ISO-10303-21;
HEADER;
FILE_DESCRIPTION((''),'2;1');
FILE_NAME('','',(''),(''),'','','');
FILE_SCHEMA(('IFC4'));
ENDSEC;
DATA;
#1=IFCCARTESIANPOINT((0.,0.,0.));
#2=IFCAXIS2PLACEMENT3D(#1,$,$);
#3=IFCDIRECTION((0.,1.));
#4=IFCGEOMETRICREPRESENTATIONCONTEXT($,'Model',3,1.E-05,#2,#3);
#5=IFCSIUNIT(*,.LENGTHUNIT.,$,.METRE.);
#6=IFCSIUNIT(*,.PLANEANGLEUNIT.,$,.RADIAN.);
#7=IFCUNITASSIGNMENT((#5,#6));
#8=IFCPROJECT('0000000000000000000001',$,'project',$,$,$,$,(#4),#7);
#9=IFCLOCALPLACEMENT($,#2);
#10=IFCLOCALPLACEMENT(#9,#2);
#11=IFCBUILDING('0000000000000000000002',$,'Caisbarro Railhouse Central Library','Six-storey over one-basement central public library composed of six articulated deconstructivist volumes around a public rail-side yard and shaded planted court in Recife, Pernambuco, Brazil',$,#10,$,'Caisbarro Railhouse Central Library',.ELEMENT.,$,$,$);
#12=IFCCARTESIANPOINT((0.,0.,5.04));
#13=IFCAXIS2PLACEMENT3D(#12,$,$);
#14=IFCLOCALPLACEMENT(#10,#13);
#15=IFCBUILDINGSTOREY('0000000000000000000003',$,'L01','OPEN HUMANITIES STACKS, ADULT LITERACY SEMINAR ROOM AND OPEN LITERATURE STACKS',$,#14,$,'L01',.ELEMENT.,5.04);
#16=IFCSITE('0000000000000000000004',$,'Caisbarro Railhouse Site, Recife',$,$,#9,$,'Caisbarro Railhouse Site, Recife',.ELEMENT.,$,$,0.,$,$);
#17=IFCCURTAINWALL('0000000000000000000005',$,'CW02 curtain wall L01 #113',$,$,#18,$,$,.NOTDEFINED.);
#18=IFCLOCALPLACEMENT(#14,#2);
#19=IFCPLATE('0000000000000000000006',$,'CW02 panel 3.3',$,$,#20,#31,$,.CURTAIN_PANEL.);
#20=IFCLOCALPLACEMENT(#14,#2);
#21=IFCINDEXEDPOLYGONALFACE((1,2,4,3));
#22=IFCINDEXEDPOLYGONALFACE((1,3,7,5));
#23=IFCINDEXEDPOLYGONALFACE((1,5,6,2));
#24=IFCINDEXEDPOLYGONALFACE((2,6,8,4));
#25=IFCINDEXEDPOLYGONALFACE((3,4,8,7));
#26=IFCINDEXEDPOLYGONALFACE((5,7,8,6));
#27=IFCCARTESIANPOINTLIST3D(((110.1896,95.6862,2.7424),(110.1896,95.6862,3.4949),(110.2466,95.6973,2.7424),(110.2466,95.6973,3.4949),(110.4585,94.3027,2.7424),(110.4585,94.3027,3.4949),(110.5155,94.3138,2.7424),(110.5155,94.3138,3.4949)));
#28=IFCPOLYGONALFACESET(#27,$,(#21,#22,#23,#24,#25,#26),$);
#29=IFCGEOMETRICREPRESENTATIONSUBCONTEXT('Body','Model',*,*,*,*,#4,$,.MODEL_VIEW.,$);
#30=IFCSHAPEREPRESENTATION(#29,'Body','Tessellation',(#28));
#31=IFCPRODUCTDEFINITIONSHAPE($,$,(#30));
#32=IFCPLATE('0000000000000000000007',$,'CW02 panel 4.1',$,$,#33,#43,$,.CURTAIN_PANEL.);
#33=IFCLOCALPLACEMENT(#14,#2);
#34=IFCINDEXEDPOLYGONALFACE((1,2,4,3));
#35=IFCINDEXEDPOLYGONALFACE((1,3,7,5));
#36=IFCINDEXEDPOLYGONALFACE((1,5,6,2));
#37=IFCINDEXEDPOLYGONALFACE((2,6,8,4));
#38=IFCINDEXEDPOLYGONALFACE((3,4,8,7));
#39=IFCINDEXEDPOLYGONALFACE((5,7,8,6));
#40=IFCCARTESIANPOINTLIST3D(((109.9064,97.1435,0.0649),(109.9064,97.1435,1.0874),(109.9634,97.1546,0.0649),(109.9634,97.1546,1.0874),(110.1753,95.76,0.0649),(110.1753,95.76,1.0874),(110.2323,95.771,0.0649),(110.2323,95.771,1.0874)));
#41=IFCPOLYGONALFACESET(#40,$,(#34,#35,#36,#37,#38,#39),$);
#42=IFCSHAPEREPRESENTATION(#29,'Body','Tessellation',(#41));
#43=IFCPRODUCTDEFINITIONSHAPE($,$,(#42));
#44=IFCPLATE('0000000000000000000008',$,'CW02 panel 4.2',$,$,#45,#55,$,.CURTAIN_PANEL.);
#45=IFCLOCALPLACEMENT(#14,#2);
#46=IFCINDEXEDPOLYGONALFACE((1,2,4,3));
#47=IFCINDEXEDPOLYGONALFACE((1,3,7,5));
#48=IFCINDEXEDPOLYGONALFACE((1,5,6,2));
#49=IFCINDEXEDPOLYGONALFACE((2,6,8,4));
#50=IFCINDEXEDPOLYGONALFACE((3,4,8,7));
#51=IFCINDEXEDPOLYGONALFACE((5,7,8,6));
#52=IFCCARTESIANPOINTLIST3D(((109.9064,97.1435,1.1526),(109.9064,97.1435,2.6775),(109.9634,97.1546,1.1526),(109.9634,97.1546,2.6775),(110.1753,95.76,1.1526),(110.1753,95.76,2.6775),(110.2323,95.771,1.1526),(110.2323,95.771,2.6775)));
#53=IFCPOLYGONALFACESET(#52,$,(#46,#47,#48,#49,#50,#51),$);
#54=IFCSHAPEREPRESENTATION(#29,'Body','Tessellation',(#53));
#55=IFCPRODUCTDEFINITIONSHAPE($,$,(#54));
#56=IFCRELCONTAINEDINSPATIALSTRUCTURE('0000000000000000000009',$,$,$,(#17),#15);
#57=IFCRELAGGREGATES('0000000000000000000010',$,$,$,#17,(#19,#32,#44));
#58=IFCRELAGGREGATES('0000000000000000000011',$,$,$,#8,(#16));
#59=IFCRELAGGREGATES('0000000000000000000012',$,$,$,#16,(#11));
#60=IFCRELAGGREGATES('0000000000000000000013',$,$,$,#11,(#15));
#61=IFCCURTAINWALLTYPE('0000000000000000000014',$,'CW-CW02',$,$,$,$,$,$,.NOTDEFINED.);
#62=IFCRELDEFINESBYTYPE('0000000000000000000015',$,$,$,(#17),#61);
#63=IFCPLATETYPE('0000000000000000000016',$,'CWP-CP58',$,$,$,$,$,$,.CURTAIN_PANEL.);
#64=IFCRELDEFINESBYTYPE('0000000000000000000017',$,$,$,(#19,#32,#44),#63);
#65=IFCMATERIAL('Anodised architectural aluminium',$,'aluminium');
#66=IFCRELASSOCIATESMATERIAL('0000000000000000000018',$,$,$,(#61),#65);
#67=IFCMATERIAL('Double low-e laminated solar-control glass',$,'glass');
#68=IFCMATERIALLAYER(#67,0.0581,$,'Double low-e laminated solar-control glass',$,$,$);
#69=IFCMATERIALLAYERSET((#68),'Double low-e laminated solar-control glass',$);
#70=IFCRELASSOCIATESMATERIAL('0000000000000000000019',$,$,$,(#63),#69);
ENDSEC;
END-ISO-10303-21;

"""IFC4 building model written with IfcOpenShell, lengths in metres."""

from ifc_helpers import new_model, si_unit, direction, frame, origin, origin_2d, place, context, subcontext, project, spatial, rectangle, extrude, material, layer, layer_set, type_object, element, aggregate, save


model = new_model("IFC4")

# Units and contexts
model_context = context("Model", 3, precision=1e-05, world=origin(), true_north=direction((0.0, 1.0)))
body_context = subcontext(model_context, "Body", "Model", "MODEL_VIEW")
ifc_project = project(units=[si_unit("LENGTHUNIT", "METRE"), si_unit("PLANEANGLEUNIT", "RADIAN")], contexts=[model_context])

# Site, building, storey
site_placement = place(None, origin())
site = spatial("IfcSite", under=ifc_project, at=site_placement, Name="Caisbarro Railhouse Site, Recife", LongName="Caisbarro Railhouse Site, Recife", CompositionType="ELEMENT", RefElevation=0.0)
building_placement = place(site_placement, origin())
building = spatial("IfcBuilding", under=site, at=building_placement, Name="Caisbarro Railhouse Central Library", Description="Six-storey over one-basement central public library composed of six articulated deconstructivist volumes around a public rail-side yard and shaded planted court in Recife, Pernambuco, Brazil", LongName="Caisbarro Railhouse Central Library", CompositionType="ELEMENT")
storey_placement = place(building_placement, frame((0.0, 0.0, 5.04)))
storey = spatial("IfcBuildingStorey", under=building, at=storey_placement, Name="L01", Description="OPEN HUMANITIES STACKS, ADULT LITERACY SEMINAR ROOM AND OPEN LITERATURE STACKS", LongName="L01", CompositionType="ELEMENT", Elevation=5.04)

# Curtain wall, plates
ifc_material_1 = material(Name="Anodised architectural aluminium", Category="aluminium")
curtain_wall_type = type_object("IfcCurtainWallType", Name="CW-CW02", PredefinedType="NOTDEFINED", material=ifc_material_1)
curtain_wall_placement = place(storey_placement, origin())
curtain_wall = element("IfcCurtainWall", 1, at=curtain_wall_placement, inside=storey, type_object=curtain_wall_type, Name="CW02 curtain wall L01 #113", PredefinedType="NOTDEFINED")
ifc_material_2 = material(Name="Double low-e laminated solar-control glass", Category="glass")
ifc_layer = layer(ifc_material_2, 0.0581, Name="Double low-e laminated solar-control glass")
ifc_layer_set = layer_set([ifc_layer], Name="Double low-e laminated solar-control glass")
plate_type = type_object("IfcPlateType", Name="CWP-CP58", PredefinedType="CURTAIN_PANEL", material=ifc_layer_set)
plate_1_placement = place(storey_placement, frame((110.3525, 95.0, 2.7424), z_axis=(0.0, 0.0, 1.0), x_axis=(-0.190781, 0.981633, 0.0)))
plate_1 = element("IfcPlate", 2, at=plate_1_placement, type_object=plate_type, Name="CW02 panel 3.3", PredefinedType="CURTAIN_PANEL", context=body_context, shape_type="SweptSolid", body=[
    extrude(rectangle(XDim=1.4094, YDim=0.0581, at=origin_2d()), origin(), (0.0, 0.0, 1.0), 0.7524),
])
plate_2_placement = place(storey_placement, frame((110.0693, 96.4573, 0.0649), z_axis=(0.0, 0.0, 1.0), x_axis=(-0.190781, 0.981633, 0.0)))
plate_2 = element("IfcPlate", 3, at=plate_2_placement, type_object=plate_type, Name="CW02 panel 4.1", PredefinedType="CURTAIN_PANEL", context=body_context, shape_type="SweptSolid", body=[
    extrude(rectangle(XDim=1.4094, YDim=0.0581, at=origin_2d()), origin(), (0.0, 0.0, 1.0), 1.0225),
])
plate_3_placement = place(storey_placement, frame((110.0693, 96.4573, 1.1526), z_axis=(0.0, 0.0, 1.0), x_axis=(-0.190781, 0.981633, 0.0)))
plate_3 = element("IfcPlate", 4, at=plate_3_placement, type_object=plate_type, Name="CW02 panel 4.2", PredefinedType="CURTAIN_PANEL", context=body_context, shape_type="SweptSolid", body=[
    extrude(rectangle(XDim=1.4094, YDim=0.0581, at=origin_2d()), origin(), (0.0, 0.0, 1.0), 1.5249),
])
aggregate(curtain_wall, [plate_1, plate_2, plate_3])

save(model, "model.ifc")
